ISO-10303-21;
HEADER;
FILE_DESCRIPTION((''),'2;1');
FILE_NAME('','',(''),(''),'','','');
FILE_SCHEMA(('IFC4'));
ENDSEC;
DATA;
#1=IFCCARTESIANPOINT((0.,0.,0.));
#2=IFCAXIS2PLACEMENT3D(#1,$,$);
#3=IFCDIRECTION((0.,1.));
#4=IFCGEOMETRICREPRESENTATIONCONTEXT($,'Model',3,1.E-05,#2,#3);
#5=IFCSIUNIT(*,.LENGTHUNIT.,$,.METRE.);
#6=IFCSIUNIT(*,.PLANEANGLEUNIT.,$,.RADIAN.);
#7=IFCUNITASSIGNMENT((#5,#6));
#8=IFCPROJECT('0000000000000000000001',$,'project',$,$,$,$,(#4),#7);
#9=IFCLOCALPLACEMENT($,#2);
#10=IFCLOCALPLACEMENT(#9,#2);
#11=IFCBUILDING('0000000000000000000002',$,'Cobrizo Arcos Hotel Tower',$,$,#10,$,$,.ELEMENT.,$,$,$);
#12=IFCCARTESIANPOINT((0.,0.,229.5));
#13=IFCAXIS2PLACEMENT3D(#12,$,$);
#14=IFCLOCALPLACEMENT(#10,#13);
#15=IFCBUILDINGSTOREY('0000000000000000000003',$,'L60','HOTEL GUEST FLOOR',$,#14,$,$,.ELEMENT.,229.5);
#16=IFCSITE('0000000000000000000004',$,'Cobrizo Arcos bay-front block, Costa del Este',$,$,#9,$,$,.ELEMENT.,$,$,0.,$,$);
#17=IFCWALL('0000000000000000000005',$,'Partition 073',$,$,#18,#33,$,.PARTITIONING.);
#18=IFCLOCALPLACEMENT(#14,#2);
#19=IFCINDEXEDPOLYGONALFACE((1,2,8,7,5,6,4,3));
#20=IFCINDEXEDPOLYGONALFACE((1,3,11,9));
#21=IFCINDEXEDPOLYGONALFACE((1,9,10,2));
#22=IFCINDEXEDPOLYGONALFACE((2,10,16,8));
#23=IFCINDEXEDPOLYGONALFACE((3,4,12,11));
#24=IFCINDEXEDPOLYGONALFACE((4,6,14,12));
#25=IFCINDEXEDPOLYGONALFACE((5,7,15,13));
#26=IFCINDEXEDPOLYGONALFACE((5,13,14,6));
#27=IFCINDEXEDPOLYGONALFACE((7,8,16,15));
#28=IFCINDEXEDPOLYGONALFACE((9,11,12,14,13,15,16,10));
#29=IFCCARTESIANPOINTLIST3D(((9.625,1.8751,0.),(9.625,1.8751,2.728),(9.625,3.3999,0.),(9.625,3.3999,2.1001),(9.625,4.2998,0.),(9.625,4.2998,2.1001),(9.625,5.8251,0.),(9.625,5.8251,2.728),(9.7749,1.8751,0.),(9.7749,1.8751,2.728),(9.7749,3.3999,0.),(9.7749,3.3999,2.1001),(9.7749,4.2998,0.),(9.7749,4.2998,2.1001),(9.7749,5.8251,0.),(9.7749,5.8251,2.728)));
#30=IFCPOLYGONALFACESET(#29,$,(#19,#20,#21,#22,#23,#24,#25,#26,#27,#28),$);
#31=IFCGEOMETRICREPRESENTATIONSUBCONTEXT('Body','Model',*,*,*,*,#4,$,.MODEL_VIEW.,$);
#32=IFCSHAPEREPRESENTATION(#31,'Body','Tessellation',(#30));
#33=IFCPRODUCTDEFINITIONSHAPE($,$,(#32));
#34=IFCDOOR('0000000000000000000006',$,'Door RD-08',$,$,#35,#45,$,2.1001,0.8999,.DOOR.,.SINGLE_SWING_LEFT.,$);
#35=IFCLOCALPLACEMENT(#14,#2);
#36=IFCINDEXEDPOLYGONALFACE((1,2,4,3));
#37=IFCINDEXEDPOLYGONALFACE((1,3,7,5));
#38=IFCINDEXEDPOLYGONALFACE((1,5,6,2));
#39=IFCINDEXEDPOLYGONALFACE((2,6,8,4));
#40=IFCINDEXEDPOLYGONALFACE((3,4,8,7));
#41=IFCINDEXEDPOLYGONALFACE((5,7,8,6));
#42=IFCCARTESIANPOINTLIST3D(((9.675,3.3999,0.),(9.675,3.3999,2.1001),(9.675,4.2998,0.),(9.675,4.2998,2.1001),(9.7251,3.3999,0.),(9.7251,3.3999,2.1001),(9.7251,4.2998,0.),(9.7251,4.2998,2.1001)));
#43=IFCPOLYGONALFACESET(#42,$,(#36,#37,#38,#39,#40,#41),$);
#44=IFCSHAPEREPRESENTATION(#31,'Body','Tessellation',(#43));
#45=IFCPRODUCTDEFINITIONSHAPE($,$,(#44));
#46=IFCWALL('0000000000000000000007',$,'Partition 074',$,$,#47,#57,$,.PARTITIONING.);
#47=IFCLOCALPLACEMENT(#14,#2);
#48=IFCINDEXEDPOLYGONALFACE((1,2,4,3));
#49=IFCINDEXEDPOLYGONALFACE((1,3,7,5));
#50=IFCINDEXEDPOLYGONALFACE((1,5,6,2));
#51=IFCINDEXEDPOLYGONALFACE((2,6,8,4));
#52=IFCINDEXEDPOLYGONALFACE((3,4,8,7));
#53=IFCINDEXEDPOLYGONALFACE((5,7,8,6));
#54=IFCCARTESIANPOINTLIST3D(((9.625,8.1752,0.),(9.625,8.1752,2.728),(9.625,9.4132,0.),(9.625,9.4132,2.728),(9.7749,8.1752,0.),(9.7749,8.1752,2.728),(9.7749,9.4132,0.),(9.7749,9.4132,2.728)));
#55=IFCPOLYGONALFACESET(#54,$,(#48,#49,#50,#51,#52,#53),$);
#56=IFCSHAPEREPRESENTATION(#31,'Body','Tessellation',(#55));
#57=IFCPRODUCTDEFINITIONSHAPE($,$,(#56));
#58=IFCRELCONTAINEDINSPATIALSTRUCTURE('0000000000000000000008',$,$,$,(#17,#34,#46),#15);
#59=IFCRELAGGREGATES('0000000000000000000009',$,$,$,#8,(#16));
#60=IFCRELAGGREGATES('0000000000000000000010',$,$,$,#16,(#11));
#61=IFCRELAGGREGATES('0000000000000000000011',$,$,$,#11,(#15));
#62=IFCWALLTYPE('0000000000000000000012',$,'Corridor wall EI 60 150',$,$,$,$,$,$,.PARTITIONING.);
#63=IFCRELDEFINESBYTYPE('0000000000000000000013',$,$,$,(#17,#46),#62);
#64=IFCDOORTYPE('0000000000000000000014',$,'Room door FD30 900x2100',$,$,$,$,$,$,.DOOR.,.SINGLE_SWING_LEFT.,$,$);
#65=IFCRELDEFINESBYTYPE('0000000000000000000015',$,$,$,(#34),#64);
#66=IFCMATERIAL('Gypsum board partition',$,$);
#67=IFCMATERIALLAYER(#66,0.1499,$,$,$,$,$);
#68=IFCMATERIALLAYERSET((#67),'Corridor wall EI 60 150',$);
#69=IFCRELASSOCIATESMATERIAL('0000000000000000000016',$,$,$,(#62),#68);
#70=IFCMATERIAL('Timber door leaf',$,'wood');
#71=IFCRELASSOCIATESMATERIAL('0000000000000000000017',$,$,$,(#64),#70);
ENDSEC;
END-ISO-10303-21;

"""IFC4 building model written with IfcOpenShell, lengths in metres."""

from ifc_helpers import new_model, si_unit, direction, frame, frame_2d, origin, place, context, subcontext, project, spatial, rectangle, extrude, material, layer, layer_set, type_object, element, fill, save


model = new_model("IFC4")

# Units and contexts
model_context = context("Model", 3, precision=1e-05, world=origin(), true_north=direction((0.0, 1.0)))
body_context = subcontext(model_context, "Body", "Model", "MODEL_VIEW")
ifc_project = project(units=[si_unit("LENGTHUNIT", "METRE"), si_unit("PLANEANGLEUNIT", "RADIAN")], contexts=[model_context])

# Site, building, storey
site_placement = place(None, origin())
site = spatial("IfcSite", under=ifc_project, at=site_placement, Name="Cobrizo Arcos bay-front block, Costa del Este", CompositionType="ELEMENT", RefElevation=0.0)
building_placement = place(site_placement, origin())
building = spatial("IfcBuilding", under=site, at=building_placement, Name="Cobrizo Arcos Hotel Tower", CompositionType="ELEMENT")
storey_placement = place(building_placement, frame((0.0, 0.0, 229.5)))
storey = spatial("IfcBuildingStorey", under=building, at=storey_placement, Name="L60", Description="HOTEL GUEST FLOOR", CompositionType="ELEMENT", Elevation=229.5)

# Shared definitions
ifc_material_1 = material(Name="Gypsum board partition")
ifc_layer_1 = layer(ifc_material_1, 0.1499)
ifc_layer_set_1 = layer_set([ifc_layer_1], Name="Corridor wall EI 60 150")
wall_type = type_object("IfcWallType", Name="Corridor wall EI 60 150", PredefinedType="PARTITIONING", material=ifc_layer_set_1)

# Wall, opening, door
ifc_material_2 = material(Name="Timber door leaf", Category="wood")
door_type = type_object("IfcDoorType", Name="Room door FD30 900x2100", OperationType="SINGLE_SWING_LEFT", PredefinedType="DOOR", material=ifc_material_2)
wall_1_placement = place(storey_placement, frame((9.7, 1.875, 0.0), z_axis=(0.0, 0.0, 1.0), x_axis=(0.0, 1.0, 0.0)))
wall_1 = element("IfcWall", 1, at=wall_1_placement, inside=storey, type_object=wall_type, Name="Partition 073", PredefinedType="PARTITIONING", context=body_context, shape_type="SweptSolid", body=[
    extrude(rectangle(XDim=3.95, YDim=0.1499, at=frame_2d((1.9751, 0.0))), origin(), (0.0, 0.0, 1.0), 2.728),
])
opening_1_placement = place(wall_1_placement, frame((1.5249, 0.0, 0.0)))
opening_1 = element("IfcOpeningElement", 2, at=opening_1_placement, cuts=wall_1, PredefinedType="OPENING", context=body_context, shape_type="SweptSolid", body=[
    extrude(rectangle(XDim=0.8999, YDim=2.1001, at=frame_2d((0.45, 1.05))), frame((0.0, 0.0869, 0.0), z_axis=(0.0, -1.0, 0.0), x_axis=(1.0, 0.0, 0.0)), (0.0, 0.0, 1.0), 0.1738),
])
door_1_placement = place(opening_1_placement, origin())
door_1 = element("IfcDoor", 3, at=door_1_placement, inside=storey, type_object=door_type, Name="Door RD-08", OperationType="SINGLE_SWING_LEFT", OverallHeight=2.1001, OverallWidth=0.8999, PredefinedType="DOOR", context=body_context, shape_type="SweptSolid", body=[
    extrude(rectangle(XDim=0.8999, YDim=2.1001, at=frame_2d((0.45, 1.05))), frame((0.0, 0.0249, 0.0), z_axis=(0.0, -1.0, 0.0), x_axis=(1.0, 0.0, 0.0)), (0.0, 0.0, 1.0), 0.05),
])
fill(opening_1, door_1)

# Wall
wall_2_placement = place(storey_placement, frame((9.7, 8.175, 0.0), z_axis=(0.0, 0.0, 1.0), x_axis=(0.0, 1.0, 0.0)))
element("IfcWall", 4, at=wall_2_placement, inside=storey, type_object=wall_type, Name="Partition 074", PredefinedType="PARTITIONING", context=body_context, shape_type="SweptSolid", body=[
    extrude(rectangle(XDim=1.238, YDim=0.1499, at=frame_2d((0.6191, 0.0))), origin(), (0.0, 0.0, 1.0), 2.728),
])

save(model, "model.ifc")
